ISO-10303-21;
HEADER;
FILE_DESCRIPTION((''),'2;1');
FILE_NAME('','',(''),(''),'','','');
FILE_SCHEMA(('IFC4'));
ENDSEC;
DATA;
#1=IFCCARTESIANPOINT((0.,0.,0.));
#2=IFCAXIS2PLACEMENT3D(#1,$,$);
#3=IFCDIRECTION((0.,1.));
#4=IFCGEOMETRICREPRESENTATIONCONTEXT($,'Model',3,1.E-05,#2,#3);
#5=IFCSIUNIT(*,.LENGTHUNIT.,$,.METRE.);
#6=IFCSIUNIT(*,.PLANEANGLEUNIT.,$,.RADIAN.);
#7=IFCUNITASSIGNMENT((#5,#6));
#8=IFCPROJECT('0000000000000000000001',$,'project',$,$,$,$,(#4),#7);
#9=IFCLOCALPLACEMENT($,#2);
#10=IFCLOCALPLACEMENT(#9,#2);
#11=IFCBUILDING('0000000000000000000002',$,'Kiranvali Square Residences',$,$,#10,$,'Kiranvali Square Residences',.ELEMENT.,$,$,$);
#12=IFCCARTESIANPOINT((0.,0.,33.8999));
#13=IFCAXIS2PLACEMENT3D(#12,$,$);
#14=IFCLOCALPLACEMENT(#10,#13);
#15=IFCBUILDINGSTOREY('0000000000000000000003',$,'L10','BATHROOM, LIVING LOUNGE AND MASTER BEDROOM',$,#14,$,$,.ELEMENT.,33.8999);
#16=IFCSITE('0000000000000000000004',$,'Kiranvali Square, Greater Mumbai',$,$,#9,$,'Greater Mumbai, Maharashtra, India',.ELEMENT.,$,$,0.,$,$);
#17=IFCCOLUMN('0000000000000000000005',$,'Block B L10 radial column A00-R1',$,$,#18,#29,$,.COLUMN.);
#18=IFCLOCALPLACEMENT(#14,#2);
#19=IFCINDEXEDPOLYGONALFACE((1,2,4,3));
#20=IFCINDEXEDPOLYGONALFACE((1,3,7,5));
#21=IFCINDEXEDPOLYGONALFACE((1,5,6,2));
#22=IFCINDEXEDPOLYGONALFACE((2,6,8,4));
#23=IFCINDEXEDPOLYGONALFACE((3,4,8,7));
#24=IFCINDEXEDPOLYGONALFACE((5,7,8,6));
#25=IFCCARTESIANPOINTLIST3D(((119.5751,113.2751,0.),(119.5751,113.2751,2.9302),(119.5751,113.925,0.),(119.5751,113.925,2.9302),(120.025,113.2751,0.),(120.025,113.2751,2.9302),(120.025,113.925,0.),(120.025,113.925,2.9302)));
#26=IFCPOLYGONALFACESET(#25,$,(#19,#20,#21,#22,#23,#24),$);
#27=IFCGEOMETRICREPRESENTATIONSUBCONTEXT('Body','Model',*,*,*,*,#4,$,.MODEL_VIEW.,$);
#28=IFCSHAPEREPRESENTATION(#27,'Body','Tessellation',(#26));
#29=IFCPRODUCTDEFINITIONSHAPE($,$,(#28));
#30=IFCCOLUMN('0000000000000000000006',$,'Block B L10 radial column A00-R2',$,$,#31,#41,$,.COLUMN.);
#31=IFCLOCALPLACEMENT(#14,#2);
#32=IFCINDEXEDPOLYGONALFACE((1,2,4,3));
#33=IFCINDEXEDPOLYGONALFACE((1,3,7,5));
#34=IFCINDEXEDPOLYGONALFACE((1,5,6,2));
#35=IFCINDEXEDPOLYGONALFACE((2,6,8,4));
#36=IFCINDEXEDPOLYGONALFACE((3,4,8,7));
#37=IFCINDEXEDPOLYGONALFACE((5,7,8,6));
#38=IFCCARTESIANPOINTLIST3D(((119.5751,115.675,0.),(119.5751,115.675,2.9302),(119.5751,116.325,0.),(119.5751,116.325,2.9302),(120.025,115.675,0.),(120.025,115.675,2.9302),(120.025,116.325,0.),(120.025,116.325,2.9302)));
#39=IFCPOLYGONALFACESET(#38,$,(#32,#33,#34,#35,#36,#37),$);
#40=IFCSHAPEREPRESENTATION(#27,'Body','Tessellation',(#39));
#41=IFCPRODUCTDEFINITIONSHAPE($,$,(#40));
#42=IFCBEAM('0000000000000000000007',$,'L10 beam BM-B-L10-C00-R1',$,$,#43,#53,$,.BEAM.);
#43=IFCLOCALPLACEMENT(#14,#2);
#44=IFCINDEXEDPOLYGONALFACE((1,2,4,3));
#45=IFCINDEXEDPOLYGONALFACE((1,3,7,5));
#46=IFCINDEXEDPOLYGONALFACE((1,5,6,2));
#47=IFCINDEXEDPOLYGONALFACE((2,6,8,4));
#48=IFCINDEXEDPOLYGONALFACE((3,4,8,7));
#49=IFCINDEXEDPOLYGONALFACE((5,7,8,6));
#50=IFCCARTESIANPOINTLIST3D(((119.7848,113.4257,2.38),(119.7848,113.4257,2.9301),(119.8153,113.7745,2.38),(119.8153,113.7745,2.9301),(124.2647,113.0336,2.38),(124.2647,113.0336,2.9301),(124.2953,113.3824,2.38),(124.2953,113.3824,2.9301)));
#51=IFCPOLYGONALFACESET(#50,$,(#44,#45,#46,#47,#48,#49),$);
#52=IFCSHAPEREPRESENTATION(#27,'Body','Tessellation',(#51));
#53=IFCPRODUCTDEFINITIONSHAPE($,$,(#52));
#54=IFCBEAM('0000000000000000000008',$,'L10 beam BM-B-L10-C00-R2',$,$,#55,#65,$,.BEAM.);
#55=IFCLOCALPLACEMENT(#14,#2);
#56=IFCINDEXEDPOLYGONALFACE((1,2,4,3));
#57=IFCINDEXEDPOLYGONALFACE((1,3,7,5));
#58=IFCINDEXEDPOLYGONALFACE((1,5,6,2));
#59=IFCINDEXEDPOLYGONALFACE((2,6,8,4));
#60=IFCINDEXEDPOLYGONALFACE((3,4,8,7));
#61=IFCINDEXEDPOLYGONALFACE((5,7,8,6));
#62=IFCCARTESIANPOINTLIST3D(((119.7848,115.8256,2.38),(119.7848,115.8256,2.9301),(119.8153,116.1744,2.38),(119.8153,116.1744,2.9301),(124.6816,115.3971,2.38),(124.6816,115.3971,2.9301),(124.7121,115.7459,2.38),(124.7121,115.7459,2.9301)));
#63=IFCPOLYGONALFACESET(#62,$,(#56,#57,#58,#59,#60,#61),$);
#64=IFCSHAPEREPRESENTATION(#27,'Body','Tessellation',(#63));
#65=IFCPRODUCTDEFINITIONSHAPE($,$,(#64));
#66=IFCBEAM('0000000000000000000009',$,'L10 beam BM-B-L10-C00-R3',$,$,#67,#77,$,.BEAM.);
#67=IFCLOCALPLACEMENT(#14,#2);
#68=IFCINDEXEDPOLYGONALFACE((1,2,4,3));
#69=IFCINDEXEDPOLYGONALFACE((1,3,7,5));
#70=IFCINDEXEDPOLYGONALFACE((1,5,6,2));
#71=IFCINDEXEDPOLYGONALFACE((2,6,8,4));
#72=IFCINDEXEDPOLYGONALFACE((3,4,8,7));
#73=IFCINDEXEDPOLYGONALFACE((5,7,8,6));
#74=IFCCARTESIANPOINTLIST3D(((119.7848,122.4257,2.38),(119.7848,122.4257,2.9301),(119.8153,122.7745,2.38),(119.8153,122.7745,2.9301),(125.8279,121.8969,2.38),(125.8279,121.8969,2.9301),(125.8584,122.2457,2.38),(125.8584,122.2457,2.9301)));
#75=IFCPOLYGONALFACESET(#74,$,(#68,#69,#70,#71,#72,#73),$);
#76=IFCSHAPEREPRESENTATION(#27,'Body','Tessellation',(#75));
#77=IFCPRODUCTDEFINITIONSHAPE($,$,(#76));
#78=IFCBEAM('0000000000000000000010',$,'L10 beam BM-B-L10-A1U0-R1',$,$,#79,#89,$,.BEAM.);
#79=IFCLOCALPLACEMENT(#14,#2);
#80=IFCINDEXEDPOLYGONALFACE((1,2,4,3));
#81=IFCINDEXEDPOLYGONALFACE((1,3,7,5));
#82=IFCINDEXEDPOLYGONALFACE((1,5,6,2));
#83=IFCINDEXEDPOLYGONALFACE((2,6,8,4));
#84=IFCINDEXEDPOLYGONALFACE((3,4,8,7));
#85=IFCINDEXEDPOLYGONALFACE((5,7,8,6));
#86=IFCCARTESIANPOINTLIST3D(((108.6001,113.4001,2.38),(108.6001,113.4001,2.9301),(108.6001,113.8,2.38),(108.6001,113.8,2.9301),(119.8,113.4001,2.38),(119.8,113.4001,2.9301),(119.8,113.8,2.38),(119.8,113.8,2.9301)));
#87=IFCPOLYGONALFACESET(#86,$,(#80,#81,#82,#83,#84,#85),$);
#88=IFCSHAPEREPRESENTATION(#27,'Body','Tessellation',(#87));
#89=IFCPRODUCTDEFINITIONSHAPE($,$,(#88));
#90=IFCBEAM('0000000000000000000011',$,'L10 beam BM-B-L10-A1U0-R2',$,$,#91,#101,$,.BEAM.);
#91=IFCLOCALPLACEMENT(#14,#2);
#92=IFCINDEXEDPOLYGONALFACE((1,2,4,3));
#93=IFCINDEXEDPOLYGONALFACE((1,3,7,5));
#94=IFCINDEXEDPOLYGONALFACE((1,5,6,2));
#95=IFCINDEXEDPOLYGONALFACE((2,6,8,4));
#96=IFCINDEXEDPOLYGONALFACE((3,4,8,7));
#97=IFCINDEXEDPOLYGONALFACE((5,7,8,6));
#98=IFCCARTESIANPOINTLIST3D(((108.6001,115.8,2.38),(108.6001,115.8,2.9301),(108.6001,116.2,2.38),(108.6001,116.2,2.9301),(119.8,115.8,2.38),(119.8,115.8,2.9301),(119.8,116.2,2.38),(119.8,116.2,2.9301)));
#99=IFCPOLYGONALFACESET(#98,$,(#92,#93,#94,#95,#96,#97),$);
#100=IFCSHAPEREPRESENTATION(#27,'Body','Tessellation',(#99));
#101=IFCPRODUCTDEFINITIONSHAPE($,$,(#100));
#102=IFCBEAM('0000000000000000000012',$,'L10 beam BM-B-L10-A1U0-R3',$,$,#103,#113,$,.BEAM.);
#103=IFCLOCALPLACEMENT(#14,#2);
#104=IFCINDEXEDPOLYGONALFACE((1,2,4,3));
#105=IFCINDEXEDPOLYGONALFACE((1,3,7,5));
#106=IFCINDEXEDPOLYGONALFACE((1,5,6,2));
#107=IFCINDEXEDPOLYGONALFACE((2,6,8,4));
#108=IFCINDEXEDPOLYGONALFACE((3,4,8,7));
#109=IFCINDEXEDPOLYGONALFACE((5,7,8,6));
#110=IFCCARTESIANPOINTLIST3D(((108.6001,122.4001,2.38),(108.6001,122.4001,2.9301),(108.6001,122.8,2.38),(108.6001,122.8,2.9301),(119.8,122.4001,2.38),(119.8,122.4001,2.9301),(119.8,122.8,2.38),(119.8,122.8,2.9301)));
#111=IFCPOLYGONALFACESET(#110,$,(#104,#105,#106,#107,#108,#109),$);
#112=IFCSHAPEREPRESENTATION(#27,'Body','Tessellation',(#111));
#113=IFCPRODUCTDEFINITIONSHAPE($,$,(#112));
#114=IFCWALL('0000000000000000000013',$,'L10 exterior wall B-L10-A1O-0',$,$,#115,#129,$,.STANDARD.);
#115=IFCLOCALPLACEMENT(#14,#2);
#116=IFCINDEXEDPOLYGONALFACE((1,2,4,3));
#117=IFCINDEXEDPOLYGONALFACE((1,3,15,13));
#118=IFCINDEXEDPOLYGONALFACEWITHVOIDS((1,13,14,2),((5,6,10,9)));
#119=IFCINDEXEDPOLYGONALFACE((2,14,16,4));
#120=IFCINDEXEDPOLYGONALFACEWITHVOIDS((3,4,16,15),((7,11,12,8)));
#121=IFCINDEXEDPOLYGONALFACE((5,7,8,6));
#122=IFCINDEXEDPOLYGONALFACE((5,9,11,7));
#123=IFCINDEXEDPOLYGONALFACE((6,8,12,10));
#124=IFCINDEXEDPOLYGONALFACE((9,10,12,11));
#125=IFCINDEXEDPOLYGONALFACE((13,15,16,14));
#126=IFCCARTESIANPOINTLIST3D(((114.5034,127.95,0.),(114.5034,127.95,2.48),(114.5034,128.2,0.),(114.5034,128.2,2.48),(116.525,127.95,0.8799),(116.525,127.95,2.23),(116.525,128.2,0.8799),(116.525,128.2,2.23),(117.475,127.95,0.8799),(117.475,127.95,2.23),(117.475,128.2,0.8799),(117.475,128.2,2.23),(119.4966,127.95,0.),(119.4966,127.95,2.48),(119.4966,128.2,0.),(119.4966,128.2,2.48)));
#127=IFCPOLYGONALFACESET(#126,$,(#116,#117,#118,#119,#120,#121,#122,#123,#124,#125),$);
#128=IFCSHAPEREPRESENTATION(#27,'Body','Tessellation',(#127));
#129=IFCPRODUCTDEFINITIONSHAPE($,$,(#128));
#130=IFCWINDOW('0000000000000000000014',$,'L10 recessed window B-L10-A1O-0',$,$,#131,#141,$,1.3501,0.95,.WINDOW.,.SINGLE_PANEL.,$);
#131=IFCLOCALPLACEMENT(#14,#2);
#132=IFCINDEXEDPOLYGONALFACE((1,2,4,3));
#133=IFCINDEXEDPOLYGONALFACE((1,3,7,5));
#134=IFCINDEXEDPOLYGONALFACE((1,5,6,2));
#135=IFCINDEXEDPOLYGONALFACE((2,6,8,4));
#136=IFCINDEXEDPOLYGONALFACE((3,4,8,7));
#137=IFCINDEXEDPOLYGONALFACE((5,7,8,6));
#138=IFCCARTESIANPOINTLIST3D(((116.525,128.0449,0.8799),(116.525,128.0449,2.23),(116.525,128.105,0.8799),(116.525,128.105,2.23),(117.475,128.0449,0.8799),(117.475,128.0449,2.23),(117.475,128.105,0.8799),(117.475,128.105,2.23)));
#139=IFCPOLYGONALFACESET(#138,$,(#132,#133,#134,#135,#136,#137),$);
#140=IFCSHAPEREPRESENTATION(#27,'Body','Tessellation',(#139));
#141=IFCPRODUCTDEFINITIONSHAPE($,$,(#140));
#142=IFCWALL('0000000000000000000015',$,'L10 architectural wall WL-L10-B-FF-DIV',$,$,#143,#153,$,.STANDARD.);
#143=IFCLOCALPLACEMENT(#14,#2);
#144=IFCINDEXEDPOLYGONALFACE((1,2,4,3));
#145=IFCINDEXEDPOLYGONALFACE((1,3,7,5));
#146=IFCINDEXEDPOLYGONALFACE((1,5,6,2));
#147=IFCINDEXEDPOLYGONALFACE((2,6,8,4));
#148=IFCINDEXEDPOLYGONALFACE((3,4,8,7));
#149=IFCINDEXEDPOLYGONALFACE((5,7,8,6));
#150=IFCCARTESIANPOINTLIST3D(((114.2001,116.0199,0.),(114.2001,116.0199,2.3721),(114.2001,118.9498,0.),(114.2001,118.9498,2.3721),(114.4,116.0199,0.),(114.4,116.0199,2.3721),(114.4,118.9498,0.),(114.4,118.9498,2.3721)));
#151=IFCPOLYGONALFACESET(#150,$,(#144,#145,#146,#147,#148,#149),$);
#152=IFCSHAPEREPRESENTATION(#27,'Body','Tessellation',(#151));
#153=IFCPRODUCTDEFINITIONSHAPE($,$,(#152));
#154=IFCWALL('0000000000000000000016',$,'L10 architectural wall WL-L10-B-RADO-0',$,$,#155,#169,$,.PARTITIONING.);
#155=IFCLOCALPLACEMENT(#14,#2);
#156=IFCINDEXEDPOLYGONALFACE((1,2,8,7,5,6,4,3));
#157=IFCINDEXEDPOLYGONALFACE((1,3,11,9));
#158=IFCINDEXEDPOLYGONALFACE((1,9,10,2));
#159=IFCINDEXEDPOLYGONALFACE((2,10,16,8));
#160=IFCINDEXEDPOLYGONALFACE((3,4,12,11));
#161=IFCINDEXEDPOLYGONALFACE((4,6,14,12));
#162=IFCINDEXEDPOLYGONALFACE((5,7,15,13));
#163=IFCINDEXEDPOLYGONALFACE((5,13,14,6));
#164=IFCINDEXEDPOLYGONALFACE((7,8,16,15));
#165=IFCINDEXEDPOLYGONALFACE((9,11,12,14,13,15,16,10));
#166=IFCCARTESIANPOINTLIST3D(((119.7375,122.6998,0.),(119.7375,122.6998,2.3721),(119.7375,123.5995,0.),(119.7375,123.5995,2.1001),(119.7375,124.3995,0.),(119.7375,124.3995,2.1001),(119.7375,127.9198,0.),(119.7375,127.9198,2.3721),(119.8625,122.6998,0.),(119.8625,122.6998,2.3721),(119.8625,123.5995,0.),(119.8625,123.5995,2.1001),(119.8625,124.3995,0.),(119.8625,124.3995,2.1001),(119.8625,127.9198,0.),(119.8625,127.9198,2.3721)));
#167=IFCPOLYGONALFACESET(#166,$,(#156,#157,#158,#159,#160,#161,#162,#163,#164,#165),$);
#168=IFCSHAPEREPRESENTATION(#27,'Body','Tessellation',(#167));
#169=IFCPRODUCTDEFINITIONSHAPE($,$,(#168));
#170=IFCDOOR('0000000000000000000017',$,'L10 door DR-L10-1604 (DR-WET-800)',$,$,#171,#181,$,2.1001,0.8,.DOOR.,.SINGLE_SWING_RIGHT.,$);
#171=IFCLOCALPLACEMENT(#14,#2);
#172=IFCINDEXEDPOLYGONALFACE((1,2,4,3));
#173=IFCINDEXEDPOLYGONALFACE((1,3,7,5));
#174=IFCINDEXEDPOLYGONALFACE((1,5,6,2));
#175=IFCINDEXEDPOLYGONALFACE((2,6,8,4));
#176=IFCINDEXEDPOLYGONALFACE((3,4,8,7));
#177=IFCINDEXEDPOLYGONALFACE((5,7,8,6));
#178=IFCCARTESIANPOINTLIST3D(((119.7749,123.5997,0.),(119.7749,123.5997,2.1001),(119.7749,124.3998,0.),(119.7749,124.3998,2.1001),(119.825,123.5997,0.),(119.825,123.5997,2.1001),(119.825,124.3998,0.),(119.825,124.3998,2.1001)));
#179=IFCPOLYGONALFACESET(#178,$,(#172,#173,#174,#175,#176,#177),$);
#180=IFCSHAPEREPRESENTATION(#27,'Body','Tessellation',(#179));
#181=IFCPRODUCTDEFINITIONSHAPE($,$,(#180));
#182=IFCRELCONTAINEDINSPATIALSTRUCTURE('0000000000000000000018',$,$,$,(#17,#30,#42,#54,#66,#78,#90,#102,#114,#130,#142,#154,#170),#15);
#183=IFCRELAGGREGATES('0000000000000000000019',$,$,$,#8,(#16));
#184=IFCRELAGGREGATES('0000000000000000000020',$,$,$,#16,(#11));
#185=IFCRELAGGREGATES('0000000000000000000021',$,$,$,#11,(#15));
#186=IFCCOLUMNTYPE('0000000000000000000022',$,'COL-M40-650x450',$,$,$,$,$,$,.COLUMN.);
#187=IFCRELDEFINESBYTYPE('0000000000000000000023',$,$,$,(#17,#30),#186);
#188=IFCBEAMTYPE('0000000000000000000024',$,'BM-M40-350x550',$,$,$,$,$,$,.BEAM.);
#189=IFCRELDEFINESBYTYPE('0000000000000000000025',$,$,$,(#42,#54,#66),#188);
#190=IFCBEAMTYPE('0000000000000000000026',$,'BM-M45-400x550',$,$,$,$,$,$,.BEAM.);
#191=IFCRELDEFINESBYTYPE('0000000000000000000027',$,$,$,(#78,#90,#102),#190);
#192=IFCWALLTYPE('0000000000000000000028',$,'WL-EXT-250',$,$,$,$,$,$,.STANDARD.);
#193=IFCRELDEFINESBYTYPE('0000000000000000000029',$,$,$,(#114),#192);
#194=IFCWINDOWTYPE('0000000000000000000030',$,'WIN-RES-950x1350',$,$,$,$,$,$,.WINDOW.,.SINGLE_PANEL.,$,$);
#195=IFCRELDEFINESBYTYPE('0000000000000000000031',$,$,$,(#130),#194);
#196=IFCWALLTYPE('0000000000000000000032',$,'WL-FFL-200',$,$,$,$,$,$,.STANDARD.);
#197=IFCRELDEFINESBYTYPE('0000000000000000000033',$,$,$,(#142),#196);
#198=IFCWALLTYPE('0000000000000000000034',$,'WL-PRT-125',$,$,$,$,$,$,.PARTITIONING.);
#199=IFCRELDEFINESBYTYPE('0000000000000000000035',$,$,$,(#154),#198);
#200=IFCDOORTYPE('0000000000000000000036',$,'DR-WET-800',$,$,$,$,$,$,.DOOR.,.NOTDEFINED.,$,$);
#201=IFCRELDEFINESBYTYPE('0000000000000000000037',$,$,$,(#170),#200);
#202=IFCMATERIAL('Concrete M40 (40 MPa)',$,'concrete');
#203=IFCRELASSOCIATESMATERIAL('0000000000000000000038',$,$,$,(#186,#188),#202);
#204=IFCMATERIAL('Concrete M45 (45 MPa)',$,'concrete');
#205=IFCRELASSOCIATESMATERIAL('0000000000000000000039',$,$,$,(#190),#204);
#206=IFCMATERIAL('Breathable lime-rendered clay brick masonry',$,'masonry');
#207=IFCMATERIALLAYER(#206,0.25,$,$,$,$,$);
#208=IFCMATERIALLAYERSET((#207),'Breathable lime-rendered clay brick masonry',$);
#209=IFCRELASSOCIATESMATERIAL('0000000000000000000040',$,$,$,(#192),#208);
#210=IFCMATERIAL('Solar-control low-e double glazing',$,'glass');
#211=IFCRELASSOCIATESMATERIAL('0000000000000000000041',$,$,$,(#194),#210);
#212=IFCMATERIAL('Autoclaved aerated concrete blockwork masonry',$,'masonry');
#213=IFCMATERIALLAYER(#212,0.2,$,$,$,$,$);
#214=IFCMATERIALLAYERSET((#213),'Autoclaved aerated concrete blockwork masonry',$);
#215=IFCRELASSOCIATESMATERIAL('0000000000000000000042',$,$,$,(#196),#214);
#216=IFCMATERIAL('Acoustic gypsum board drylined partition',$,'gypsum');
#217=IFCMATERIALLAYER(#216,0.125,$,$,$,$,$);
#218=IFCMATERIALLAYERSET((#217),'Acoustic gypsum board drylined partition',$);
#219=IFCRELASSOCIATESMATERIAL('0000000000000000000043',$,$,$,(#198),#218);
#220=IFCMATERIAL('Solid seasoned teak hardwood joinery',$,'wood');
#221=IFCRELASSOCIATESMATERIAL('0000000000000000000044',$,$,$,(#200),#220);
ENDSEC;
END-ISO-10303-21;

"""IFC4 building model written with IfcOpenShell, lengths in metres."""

from ifc_helpers import new_model, si_unit, direction, frame, frame_2d, origin, origin_2d, place, context, subcontext, project, spatial, rectangle, extrude, material, layer, layer_set, material_profile, profile_set, type_object, element, fill, save


model = new_model("IFC4")

# Units and contexts
model_context = context("Model", 3, precision=1e-05, world=origin(), true_north=direction((0.0, 1.0)))
body_context = subcontext(model_context, "Body", "Model", "MODEL_VIEW")
ifc_project = project(units=[si_unit("LENGTHUNIT", "METRE"), si_unit("PLANEANGLEUNIT", "RADIAN")], contexts=[model_context])

# Site, building, storey
site_placement = place(None, origin())
site = spatial("IfcSite", under=ifc_project, at=site_placement, Name="Kiranvali Square, Greater Mumbai", LongName="Greater Mumbai, Maharashtra, India", CompositionType="ELEMENT", RefElevation=0.0)
building_placement = place(site_placement, origin())
building = spatial("IfcBuilding", under=site, at=building_placement, Name="Kiranvali Square Residences", LongName="Kiranvali Square Residences", CompositionType="ELEMENT")
storey_placement = place(building_placement, frame((0.0, 0.0, 33.8999)))
storey = spatial("IfcBuildingStorey", under=building, at=storey_placement, Name="L10", Description="BATHROOM, LIVING LOUNGE AND MASTER BEDROOM", CompositionType="ELEMENT", Elevation=33.8999)

# Columns
ifc_material_1 = material(Name="Concrete M40 (40 MPa)", Category="concrete")
ifc_material_profile_1 = material_profile(ifc_material_1, rectangle(XDim=0.45, YDim=0.6499, at=origin_2d()), Name="RC 650x450")
ifc_profile_set_1 = profile_set([ifc_material_profile_1], Name="Concrete M40 (40 MPa)")
column_type = type_object("IfcColumnType", Name="COL-M40-650x450", PredefinedType="COLUMN", material=ifc_profile_set_1)
for number, where, z_axis, x_axis, name in (
    (1, (119.8, 113.6001, 0.0), (0.0, 0.0, 1.0), (1.0, 0.0, 0.0), "Block B L10 radial column A00-R1"),
    (2, (119.8, 116.0, 0.0), (0.0, 0.0, 1.0), (1.0, 0.0, 0.0), "Block B L10 radial column A00-R2"),
):
    element("IfcColumn", number, at=place(storey_placement, frame(where, z_axis=z_axis, x_axis=x_axis)), inside=storey, type_object=column_type, Name=name, PredefinedType="COLUMN", context=body_context, shape_type="SweptSolid", body=[
        extrude(rectangle(XDim=0.45, YDim=0.6499, at=origin_2d()), origin(), (0.0, 0.0, 1.0), 2.9302),
    ])

# Beams
ifc_material_profile_2 = material_profile(ifc_material_1, rectangle(XDim=0.3501, YDim=0.55, at=origin_2d()), Name="RC 350x550")
ifc_profile_set_2 = profile_set([ifc_material_profile_2], Name="Concrete M40 (40 MPa)")
beam_type_1 = type_object("IfcBeamType", Name="BM-M40-350x550", PredefinedType="BEAM", material=ifc_profile_set_2)
beam_1_placement = place(storey_placement, frame((119.8, 113.6001, 2.655), z_axis=(0.996192, -0.087187, 0.0), x_axis=(0.087187, 0.996192, 0.0)))
element("IfcBeam", 3, at=beam_1_placement, inside=storey, type_object=beam_type_1, Name="L10 beam BM-B-L10-C00-R1", PredefinedType="BEAM", context=body_context, shape_type="SweptSolid", body=[
    extrude(rectangle(XDim=0.3501, YDim=0.55, at=origin_2d()), origin(), (0.0, 0.0, 1.0), 4.4971),
])
beam_2_placement = place(storey_placement, frame((119.8, 116.0, 2.655), z_axis=(0.996194, -0.087168, 0.0), x_axis=(0.087168, 0.996194, 0.0)))
element("IfcBeam", 4, at=beam_2_placement, inside=storey, type_object=beam_type_1, Name="L10 beam BM-B-L10-C00-R2", PredefinedType="BEAM", context=body_context, shape_type="SweptSolid", body=[
    extrude(rectangle(XDim=0.3501, YDim=0.55, at=origin_2d()), origin(), (0.0, 0.0, 1.0), 4.9155),
])
beam_3_placement = place(storey_placement, frame((119.8, 122.6001, 2.655), z_axis=(0.996193, -0.087175, 0.0), x_axis=(0.087175, 0.996193, 0.0)))
element("IfcBeam", 5, at=beam_3_placement, inside=storey, type_object=beam_type_1, Name="L10 beam BM-B-L10-C00-R3", PredefinedType="BEAM", context=body_context, shape_type="SweptSolid", body=[
    extrude(rectangle(XDim=0.3501, YDim=0.55, at=origin_2d()), origin(), (0.0, 0.0, 1.0), 6.0662),
])
ifc_material_2 = material(Name="Concrete M45 (45 MPa)", Category="concrete")
ifc_material_profile_3 = material_profile(ifc_material_2, rectangle(XDim=0.3999, YDim=0.55, at=origin_2d()), Name="RC 400x550")
ifc_profile_set_3 = profile_set([ifc_material_profile_3], Name="Concrete M45 (45 MPa)")
beam_type_2 = type_object("IfcBeamType", Name="BM-M45-400x550", PredefinedType="BEAM", material=ifc_profile_set_3)
for number, where, z_axis, x_axis, name in (
    (6, (119.8, 113.6001, 2.655), (-1.0, 0.0, 0.0), (0.0, -1.0, 0.0), "L10 beam BM-B-L10-A1U0-R1"),
    (7, (119.8, 116.0, 2.655), (-1.0, 0.0, 0.0), (0.0, -1.0, 0.0), "L10 beam BM-B-L10-A1U0-R2"),
    (8, (119.8, 122.6001, 2.655), (-1.0, 0.0, 0.0), (0.0, -1.0, 0.0), "L10 beam BM-B-L10-A1U0-R3"),
):
    element("IfcBeam", number, at=place(storey_placement, frame(where, z_axis=z_axis, x_axis=x_axis)), inside=storey, type_object=beam_type_2, Name=name, PredefinedType="BEAM", context=body_context, shape_type="SweptSolid", body=[
        extrude(rectangle(XDim=0.3999, YDim=0.55, at=origin_2d()), origin(), (0.0, 0.0, 1.0), 11.2),
    ])

# Shared definitions
ifc_material_3 = material(Name="Autoclaved aerated concrete blockwork masonry", Category="masonry")

# Wall, opening, window
ifc_material_4 = material(Name="Breathable lime-rendered clay brick masonry", Category="masonry")
ifc_layer_1 = layer(ifc_material_4, 0.25)
ifc_layer_set_1 = layer_set([ifc_layer_1], Name="Breathable lime-rendered clay brick masonry")
wall_type_1 = type_object("IfcWallType", Name="WL-EXT-250", PredefinedType="STANDARD", material=ifc_layer_set_1)
wall_1_placement = place(storey_placement, frame((119.4966, 128.075, 0.0), z_axis=(0.0, 0.0, 1.0), x_axis=(-1.0, 0.0, 0.0)))
wall_1 = element("IfcWall", 9, at=wall_1_placement, inside=storey, type_object=wall_type_1, Name="L10 exterior wall B-L10-A1O-0", PredefinedType="STANDARD", context=body_context, shape_type="SweptSolid", body=[
    extrude(rectangle(XDim=4.9932, YDim=0.25, at=frame_2d((2.4966, 0.0))), origin(), (0.0, 0.0, 1.0), 2.48),
])
opening_1_placement = place(wall_1_placement, frame((2.0215, 0.0, 0.8799)))
opening_1 = element("IfcOpeningElement", 10, at=opening_1_placement, cuts=wall_1, PredefinedType="OPENING", context=body_context, shape_type="SweptSolid", body=[
    extrude(rectangle(XDim=0.95, YDim=1.3501, at=frame_2d((0.4751, 0.675))), frame((0.0, 0.135, 0.0), z_axis=(0.0, -1.0, 0.0), x_axis=(1.0, 0.0, 0.0)), (0.0, 0.0, 1.0), 0.27),
])
ifc_material_5 = material(Name="Solar-control low-e double glazing", Category="glass")
window_type = type_object("IfcWindowType", Name="WIN-RES-950x1350", PartitioningType="SINGLE_PANEL", PredefinedType="WINDOW", material=ifc_material_5)
window_placement = place(opening_1_placement, origin())
window = element("IfcWindow", 11, at=window_placement, inside=storey, type_object=window_type, Name="L10 recessed window B-L10-A1O-0", OverallHeight=1.3501, OverallWidth=0.95, PartitioningType="SINGLE_PANEL", PredefinedType="WINDOW", context=body_context, shape_type="SweptSolid", body=[
    extrude(rectangle(XDim=0.95, YDim=1.3501, at=frame_2d((0.4751, 0.675))), frame((0.0, 0.03, 0.0), z_axis=(0.0, -1.0, 0.0), x_axis=(1.0, 0.0, 0.0)), (0.0, 0.0, 1.0), 0.0601),
])
fill(opening_1, window)

# Shared definitions
ifc_layer_2 = layer(ifc_material_3, 0.2)
ifc_layer_set_2 = layer_set([ifc_layer_2], Name="Autoclaved aerated concrete blockwork masonry")
wall_type_2 = type_object("IfcWallType", Name="WL-FFL-200", PredefinedType="STANDARD", material=ifc_layer_set_2)

# Wall
wall_2_placement = place(storey_placement, frame((114.3, 116.02, 0.0), z_axis=(0.0, 0.0, 1.0), x_axis=(0.0, 1.0, 0.0)))
element("IfcWall", 12, at=wall_2_placement, inside=storey, type_object=wall_type_2, Name="L10 architectural wall WL-L10-B-FF-DIV", PredefinedType="STANDARD", context=body_context, shape_type="SweptSolid", body=[
    extrude(rectangle(XDim=2.9299, YDim=0.2, at=frame_2d((1.4648, 0.0))), origin(), (0.0, 0.0, 1.0), 2.3721),
])

# Wall, opening, door
ifc_material_6 = material(Name="Acoustic gypsum board drylined partition", Category="gypsum")
ifc_layer_3 = layer(ifc_material_6, 0.125)
ifc_layer_set_3 = layer_set([ifc_layer_3], Name="Acoustic gypsum board drylined partition")
wall_type_3 = type_object("IfcWallType", Name="WL-PRT-125", PredefinedType="PARTITIONING", material=ifc_layer_set_3)
wall_3_placement = place(storey_placement, frame((119.8, 122.7, 0.0), z_axis=(0.0, 0.0, 1.0), x_axis=(0.0, 1.0, 0.0)))
wall_3 = element("IfcWall", 13, at=wall_3_placement, inside=storey, type_object=wall_type_3, Name="L10 architectural wall WL-L10-B-RADO-0", PredefinedType="PARTITIONING", context=body_context, shape_type="SweptSolid", body=[
    extrude(rectangle(XDim=5.22, YDim=0.125, at=frame_2d((2.6099, 0.0))), origin(), (0.0, 0.0, 1.0), 2.3721),
])
opening_2_placement = place(wall_3_placement, frame((0.8997, 0.0, 0.0)))
opening_2 = element("IfcOpeningElement", 14, at=opening_2_placement, cuts=wall_3, PredefinedType="OPENING", context=body_context, shape_type="SweptSolid", body=[
    extrude(rectangle(XDim=0.8, YDim=2.1001, at=frame_2d((0.3999, 1.05))), frame((0.0, 0.0725, 0.0), z_axis=(0.0, -1.0, 0.0), x_axis=(1.0, 0.0, 0.0)), (0.0, 0.0, 1.0), 0.145),
])
ifc_material_7 = material(Name="Solid seasoned teak hardwood joinery", Category="wood")
door_type_1 = type_object("IfcDoorType", Name="DR-WET-800", OperationType="NOTDEFINED", PredefinedType="DOOR", material=ifc_material_7)
door_1_placement = place(opening_2_placement, frame((0.8, 0.0, 0.0), z_axis=(0.0, 0.0, 1.0), x_axis=(-1.0, 0.0, 0.0)))
door_1 = element("IfcDoor", 15, at=door_1_placement, inside=storey, type_object=door_type_1, Name="L10 door DR-L10-1604 (DR-WET-800)", OperationType="SINGLE_SWING_RIGHT", OverallHeight=2.1001, OverallWidth=0.8, PredefinedType="DOOR", context=body_context, shape_type="SweptSolid", body=[
    extrude(rectangle(XDim=0.8, YDim=2.1001, at=frame_2d((0.3999, 1.05))), frame((0.0, 0.0249, 0.0), z_axis=(0.0, -1.0, 0.0), x_axis=(1.0, 0.0, 0.0)), (0.0, 0.0, 1.0), 0.05),
])
fill(opening_2, door_1)

save(model, "model.ifc")
